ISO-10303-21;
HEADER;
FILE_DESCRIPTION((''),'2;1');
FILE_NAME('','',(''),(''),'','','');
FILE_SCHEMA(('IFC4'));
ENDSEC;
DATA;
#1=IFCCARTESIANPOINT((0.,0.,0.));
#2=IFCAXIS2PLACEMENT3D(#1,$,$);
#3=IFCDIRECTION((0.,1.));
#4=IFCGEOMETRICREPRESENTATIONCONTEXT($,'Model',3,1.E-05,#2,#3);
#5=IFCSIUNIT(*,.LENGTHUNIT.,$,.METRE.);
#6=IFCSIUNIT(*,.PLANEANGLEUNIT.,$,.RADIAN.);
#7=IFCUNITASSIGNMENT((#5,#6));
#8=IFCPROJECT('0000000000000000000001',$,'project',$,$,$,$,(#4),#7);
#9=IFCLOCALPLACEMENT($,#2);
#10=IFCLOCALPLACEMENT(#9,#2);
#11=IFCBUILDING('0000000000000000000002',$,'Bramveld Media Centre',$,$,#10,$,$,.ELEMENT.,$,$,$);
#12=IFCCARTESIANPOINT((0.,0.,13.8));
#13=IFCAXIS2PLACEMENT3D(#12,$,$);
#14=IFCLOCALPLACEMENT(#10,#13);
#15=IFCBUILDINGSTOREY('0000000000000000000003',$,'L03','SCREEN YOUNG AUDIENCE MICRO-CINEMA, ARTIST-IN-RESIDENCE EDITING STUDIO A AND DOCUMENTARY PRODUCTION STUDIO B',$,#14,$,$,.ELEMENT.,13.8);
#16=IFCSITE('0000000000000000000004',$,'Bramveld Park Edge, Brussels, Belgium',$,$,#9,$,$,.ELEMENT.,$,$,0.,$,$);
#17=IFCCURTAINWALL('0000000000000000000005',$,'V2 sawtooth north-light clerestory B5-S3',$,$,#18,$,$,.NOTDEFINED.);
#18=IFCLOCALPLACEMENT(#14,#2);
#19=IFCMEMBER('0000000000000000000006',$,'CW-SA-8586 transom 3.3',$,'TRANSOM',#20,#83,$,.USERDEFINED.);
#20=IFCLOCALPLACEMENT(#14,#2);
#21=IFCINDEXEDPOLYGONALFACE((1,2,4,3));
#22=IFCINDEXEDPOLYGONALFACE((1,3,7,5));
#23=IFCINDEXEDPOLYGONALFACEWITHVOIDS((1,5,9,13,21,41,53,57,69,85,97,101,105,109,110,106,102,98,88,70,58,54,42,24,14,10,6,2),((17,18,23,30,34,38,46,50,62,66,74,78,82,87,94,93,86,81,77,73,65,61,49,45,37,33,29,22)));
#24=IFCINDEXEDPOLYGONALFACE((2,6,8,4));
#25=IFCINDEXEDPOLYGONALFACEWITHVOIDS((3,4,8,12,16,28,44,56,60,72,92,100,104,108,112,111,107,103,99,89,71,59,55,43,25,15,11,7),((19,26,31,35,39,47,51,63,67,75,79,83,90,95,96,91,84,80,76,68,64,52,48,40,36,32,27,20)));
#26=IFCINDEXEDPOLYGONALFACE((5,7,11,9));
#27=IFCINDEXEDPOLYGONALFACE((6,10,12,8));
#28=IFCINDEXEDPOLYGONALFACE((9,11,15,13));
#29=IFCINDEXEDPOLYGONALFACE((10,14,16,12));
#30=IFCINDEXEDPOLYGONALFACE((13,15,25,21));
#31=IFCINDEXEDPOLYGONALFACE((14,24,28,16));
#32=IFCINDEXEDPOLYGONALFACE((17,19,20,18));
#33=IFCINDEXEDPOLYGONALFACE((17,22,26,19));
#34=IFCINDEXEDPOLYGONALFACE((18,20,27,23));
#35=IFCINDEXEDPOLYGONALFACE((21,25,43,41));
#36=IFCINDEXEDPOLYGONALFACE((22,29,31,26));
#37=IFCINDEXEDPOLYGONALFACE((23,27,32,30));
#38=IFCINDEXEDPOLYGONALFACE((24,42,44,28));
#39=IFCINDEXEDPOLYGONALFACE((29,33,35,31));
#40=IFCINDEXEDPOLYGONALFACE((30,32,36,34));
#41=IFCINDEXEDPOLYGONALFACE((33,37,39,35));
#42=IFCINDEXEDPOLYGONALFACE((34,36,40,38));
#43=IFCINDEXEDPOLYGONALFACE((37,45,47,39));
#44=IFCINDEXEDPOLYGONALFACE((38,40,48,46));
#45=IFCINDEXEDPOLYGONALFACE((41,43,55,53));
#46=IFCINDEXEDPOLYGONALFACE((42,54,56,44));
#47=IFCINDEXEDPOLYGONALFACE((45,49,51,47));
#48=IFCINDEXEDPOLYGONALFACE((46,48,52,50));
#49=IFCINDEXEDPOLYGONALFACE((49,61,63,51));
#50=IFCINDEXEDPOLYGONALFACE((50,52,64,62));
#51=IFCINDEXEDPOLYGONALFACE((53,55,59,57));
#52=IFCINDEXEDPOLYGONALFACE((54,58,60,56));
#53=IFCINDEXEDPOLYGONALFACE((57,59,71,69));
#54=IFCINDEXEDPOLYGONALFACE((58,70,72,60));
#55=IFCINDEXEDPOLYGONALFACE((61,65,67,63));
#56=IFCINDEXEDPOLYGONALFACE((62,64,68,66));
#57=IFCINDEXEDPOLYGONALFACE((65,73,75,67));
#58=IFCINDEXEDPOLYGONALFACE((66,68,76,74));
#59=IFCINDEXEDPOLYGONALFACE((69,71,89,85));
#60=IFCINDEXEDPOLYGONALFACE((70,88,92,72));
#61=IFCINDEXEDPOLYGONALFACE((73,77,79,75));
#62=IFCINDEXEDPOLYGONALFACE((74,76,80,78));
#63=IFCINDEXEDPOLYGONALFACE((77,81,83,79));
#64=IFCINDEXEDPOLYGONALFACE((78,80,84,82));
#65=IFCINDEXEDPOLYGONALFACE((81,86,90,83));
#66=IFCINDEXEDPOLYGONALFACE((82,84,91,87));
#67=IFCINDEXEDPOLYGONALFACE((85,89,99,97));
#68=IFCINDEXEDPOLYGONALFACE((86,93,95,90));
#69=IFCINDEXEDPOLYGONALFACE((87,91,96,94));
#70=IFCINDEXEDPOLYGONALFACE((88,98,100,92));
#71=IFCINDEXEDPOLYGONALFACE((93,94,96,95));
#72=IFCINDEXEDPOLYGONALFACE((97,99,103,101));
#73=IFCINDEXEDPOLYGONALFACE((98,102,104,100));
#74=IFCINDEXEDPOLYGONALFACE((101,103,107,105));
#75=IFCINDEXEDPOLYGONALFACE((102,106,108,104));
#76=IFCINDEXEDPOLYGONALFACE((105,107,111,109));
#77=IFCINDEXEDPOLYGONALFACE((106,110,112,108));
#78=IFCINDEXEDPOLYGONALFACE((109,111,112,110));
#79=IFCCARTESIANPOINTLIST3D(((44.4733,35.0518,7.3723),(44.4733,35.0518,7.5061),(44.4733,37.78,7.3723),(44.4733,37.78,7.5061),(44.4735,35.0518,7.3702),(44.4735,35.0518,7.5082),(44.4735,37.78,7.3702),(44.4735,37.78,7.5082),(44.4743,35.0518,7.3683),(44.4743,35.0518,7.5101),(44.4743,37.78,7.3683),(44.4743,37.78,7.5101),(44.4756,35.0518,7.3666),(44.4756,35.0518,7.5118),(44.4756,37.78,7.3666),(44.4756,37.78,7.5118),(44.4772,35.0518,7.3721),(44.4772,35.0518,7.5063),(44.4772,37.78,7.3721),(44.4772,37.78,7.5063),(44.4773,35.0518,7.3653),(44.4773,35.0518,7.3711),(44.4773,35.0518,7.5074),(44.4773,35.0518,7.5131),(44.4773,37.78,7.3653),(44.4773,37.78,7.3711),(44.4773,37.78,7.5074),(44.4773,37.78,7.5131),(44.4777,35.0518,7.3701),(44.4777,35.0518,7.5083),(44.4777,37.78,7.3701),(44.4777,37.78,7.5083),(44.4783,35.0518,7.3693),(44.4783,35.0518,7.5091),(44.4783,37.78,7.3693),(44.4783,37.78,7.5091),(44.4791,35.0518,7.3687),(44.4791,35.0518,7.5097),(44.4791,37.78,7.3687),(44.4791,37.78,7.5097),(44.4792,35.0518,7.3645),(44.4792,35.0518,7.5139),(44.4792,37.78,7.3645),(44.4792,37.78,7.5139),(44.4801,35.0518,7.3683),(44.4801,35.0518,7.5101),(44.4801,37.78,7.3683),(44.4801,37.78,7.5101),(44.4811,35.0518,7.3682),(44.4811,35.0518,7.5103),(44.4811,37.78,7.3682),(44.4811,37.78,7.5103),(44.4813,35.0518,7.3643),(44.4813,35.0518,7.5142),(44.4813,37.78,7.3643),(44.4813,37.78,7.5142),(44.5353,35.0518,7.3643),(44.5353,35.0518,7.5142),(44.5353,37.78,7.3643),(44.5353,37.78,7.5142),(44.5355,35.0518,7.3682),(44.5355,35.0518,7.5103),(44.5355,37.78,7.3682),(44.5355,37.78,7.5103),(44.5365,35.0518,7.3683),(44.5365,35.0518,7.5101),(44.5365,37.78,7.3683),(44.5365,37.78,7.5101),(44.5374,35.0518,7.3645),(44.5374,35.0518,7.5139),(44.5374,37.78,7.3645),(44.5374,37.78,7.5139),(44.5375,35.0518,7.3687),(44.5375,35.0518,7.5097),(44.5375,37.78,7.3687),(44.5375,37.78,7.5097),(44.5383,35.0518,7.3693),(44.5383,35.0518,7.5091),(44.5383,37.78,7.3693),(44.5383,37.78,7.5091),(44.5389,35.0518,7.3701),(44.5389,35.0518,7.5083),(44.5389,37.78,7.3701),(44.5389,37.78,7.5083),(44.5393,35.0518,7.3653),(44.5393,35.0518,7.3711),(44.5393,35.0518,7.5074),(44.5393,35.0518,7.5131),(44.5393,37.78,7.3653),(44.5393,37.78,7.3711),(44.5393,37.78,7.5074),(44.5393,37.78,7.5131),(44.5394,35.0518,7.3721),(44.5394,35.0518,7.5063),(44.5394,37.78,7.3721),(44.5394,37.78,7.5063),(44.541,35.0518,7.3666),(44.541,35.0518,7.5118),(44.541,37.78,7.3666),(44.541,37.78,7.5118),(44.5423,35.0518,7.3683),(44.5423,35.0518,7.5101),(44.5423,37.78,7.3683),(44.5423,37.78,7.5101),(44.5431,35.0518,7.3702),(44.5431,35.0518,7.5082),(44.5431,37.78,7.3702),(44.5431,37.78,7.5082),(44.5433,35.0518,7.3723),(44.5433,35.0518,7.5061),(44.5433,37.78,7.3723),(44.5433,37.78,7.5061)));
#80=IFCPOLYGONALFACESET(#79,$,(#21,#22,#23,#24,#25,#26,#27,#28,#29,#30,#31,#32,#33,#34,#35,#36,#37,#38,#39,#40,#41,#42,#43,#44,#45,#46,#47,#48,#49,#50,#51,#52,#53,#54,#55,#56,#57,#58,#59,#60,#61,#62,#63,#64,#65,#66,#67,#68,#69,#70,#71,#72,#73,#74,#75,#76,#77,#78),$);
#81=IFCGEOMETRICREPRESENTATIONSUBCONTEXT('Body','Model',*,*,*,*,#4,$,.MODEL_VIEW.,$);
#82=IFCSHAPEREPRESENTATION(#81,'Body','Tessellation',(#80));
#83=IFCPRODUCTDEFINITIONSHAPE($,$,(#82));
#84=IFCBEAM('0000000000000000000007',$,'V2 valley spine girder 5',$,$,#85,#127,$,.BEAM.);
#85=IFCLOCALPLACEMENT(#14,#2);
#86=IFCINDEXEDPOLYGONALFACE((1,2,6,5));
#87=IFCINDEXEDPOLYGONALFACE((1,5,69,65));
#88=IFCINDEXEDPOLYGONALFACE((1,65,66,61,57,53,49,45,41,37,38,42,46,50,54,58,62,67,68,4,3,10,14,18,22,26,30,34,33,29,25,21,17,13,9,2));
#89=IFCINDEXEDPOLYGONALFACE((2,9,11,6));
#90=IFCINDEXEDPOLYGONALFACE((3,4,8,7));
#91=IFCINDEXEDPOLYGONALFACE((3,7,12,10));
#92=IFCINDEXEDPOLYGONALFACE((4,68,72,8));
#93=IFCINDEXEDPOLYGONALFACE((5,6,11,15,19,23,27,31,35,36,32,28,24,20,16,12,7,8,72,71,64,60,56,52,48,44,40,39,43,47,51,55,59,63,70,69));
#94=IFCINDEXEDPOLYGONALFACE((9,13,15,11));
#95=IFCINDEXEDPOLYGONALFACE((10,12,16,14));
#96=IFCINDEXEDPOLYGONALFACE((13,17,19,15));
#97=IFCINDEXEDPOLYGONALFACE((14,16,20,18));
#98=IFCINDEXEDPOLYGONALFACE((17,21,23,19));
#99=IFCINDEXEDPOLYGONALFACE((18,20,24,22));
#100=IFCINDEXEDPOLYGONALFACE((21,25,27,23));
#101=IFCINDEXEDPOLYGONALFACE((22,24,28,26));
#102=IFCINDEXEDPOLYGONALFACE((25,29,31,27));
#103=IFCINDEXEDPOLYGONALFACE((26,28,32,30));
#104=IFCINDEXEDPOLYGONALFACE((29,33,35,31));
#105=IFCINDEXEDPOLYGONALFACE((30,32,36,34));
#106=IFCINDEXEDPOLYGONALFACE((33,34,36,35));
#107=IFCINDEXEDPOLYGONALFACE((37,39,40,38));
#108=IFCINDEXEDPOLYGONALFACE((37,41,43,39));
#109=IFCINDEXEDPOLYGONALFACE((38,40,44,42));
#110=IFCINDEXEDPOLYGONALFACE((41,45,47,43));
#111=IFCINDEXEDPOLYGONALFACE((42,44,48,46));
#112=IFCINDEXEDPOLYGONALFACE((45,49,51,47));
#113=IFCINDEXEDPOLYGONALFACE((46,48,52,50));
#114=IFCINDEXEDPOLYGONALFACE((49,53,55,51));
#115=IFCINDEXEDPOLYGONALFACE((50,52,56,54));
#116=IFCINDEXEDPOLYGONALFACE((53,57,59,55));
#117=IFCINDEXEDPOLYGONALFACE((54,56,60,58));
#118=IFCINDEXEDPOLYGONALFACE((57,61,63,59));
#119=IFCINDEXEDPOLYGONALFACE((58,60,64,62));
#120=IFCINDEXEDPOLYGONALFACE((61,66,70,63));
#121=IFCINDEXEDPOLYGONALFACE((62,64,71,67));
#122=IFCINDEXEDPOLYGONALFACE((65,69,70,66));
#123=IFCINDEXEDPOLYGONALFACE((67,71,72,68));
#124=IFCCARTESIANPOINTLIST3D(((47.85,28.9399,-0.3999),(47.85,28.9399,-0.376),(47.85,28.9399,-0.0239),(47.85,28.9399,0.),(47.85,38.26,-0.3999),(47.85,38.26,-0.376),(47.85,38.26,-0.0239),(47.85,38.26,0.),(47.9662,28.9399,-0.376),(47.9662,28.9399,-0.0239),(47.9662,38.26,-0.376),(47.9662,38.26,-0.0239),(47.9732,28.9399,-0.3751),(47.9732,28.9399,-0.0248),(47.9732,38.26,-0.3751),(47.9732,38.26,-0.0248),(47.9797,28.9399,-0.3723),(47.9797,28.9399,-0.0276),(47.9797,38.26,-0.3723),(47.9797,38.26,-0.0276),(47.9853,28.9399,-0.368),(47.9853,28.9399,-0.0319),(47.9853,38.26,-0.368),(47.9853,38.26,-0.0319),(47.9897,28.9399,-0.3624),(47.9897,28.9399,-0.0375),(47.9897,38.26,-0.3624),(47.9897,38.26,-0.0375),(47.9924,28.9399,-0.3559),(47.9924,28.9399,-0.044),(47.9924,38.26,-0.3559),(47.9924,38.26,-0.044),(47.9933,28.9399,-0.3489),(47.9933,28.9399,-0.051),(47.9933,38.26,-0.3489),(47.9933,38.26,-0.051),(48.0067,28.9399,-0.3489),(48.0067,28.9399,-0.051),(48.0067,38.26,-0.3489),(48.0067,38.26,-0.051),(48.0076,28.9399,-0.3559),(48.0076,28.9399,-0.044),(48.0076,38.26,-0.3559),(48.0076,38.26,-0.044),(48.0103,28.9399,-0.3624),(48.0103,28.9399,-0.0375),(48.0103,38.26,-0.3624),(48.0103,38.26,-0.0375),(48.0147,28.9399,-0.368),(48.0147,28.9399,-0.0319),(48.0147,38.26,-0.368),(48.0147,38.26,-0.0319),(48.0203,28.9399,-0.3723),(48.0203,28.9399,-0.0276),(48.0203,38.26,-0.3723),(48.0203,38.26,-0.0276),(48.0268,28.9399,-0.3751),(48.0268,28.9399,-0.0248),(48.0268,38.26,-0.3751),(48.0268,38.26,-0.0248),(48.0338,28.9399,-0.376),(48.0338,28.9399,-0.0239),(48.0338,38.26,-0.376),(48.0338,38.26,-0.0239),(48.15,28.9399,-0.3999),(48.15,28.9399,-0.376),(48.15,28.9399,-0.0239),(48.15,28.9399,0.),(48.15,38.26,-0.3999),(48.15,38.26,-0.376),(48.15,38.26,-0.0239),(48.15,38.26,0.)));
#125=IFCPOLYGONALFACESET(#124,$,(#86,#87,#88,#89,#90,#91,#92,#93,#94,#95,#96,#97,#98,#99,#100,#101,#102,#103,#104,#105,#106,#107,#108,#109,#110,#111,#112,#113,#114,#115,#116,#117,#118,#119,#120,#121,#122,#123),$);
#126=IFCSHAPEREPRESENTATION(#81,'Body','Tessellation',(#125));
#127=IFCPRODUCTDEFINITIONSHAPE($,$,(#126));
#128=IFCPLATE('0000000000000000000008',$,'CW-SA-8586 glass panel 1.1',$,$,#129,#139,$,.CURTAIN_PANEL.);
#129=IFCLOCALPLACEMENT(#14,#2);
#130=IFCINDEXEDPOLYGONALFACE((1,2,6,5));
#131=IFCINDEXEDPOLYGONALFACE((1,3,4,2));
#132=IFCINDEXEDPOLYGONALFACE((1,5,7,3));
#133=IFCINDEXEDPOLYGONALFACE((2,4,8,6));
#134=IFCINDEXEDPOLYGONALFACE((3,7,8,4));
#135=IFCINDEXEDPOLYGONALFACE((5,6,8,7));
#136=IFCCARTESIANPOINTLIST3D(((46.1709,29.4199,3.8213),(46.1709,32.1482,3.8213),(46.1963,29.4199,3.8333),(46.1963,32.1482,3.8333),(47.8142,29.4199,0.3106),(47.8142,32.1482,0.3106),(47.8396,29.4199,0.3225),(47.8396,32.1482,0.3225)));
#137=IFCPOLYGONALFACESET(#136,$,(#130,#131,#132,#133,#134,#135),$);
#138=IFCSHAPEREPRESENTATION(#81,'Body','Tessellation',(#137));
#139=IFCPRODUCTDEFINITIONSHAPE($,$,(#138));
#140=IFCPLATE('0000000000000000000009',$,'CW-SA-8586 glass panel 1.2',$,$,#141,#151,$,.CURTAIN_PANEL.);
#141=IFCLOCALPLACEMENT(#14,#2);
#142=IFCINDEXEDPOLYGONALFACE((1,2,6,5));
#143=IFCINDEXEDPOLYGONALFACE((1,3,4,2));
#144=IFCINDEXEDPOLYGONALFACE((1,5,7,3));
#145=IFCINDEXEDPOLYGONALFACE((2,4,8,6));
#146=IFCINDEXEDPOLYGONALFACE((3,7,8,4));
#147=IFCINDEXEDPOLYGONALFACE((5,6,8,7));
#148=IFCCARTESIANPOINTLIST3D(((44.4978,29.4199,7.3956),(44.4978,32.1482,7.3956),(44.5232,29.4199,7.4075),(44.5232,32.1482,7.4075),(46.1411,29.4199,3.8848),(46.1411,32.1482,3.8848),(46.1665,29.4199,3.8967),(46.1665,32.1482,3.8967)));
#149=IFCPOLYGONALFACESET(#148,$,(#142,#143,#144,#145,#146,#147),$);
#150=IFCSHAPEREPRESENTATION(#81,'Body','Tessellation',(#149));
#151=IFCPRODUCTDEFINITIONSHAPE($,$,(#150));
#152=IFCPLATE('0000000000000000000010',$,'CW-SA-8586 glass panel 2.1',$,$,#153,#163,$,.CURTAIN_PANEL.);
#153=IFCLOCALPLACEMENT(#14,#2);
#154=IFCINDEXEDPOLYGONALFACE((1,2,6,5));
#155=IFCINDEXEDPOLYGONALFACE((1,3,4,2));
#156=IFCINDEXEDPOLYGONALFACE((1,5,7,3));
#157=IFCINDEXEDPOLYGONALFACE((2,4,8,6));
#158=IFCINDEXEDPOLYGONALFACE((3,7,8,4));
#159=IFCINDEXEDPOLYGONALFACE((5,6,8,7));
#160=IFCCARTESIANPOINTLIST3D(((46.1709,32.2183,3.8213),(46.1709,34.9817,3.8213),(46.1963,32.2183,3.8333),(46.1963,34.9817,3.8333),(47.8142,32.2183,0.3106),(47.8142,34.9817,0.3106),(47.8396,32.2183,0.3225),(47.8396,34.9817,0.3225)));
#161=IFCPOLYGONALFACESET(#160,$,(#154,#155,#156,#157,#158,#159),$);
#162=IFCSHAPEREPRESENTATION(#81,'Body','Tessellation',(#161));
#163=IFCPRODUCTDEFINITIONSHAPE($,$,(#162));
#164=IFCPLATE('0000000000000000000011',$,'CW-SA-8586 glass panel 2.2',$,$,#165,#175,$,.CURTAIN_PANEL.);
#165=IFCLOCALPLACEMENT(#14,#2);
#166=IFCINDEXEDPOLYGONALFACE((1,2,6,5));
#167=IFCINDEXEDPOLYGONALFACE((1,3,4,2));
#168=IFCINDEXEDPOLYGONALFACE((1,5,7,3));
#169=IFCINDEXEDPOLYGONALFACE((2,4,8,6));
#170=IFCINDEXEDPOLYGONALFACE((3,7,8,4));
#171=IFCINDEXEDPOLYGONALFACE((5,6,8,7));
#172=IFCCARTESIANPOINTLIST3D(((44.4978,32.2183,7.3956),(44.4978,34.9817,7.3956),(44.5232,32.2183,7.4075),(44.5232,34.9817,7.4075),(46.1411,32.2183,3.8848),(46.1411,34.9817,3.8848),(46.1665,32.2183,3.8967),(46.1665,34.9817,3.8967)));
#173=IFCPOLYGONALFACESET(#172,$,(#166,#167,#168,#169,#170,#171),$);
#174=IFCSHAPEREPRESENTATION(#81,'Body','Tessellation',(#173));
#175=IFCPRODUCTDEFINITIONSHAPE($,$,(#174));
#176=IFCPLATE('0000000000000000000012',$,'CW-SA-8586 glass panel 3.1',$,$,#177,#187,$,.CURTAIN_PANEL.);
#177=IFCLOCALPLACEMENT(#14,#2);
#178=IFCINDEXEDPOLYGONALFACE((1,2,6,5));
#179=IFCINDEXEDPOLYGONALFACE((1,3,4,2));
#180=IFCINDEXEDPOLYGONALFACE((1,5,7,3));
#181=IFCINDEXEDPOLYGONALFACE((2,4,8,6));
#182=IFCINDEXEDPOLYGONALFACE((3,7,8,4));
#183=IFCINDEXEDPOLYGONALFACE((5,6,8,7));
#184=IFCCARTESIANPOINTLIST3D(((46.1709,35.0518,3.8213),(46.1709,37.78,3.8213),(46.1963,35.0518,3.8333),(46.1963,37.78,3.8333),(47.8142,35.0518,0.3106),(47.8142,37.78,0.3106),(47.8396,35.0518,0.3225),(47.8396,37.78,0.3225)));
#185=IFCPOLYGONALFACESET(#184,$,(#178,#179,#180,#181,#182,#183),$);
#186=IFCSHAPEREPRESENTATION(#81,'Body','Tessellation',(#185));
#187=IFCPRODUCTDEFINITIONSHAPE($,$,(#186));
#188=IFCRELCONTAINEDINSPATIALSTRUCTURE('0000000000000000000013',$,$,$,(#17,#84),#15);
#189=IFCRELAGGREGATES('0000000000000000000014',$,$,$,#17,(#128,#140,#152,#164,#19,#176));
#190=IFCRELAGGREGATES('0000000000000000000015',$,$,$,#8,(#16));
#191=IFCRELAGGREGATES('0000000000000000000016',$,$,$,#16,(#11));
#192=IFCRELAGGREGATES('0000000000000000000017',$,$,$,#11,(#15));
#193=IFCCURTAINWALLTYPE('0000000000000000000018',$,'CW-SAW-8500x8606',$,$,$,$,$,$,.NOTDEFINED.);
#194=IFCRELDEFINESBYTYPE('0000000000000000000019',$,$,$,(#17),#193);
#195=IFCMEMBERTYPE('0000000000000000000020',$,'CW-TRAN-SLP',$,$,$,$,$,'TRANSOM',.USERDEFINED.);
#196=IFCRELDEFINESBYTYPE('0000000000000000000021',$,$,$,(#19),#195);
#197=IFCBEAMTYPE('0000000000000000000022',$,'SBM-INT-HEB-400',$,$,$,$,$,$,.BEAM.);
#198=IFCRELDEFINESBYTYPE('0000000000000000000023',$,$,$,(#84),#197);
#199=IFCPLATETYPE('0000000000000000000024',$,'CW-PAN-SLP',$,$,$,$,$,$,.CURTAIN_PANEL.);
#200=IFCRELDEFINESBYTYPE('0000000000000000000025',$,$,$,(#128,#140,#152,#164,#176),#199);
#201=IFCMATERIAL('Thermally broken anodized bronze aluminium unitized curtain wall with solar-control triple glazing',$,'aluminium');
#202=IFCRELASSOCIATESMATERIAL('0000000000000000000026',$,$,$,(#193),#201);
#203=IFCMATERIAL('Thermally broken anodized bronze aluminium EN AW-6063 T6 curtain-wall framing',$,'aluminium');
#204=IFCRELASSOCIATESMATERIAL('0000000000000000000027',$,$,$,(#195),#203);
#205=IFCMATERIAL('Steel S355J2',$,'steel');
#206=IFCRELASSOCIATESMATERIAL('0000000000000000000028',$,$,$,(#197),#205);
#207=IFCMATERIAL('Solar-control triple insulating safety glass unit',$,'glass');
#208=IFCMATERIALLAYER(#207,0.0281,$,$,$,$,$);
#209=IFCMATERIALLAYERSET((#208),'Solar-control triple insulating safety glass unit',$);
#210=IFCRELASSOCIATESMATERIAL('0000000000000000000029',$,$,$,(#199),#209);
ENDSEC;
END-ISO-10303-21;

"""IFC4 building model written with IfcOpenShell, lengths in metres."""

from ifc_helpers import new_model, si_unit, direction, frame, origin, origin_2d, place, context, subcontext, project, spatial, polyline, hollow_rectangle, i_section, outline, extrude, material, layer, layer_set, material_profile, profile_set, type_object, element, aggregate, save


model = new_model("IFC4")

# Units and contexts
model_context = context("Model", 3, precision=1e-05, world=origin(), true_north=direction((0.0, 1.0)))
body_context = subcontext(model_context, "Body", "Model", "MODEL_VIEW")
ifc_project = project(units=[si_unit("LENGTHUNIT", "METRE"), si_unit("PLANEANGLEUNIT", "RADIAN")], contexts=[model_context])

# Site, building, storey
site_placement = place(None, origin())
site = spatial("IfcSite", under=ifc_project, at=site_placement, Name="Bramveld Park Edge, Brussels, Belgium", CompositionType="ELEMENT", RefElevation=0.0)
building_placement = place(site_placement, origin())
building = spatial("IfcBuilding", under=site, at=building_placement, Name="Bramveld Media Centre", CompositionType="ELEMENT")
storey_placement = place(building_placement, frame((0.0, 0.0, 13.8)))
storey = spatial("IfcBuildingStorey", under=building, at=storey_placement, Name="L03", Description="SCREEN YOUNG AUDIENCE MICRO-CINEMA, ARTIST-IN-RESIDENCE EDITING STUDIO A AND DOCUMENTARY PRODUCTION STUDIO B", CompositionType="ELEMENT", Elevation=13.8)

# Curtain wall, member
ifc_material_1 = material(Name="Thermally broken anodized bronze aluminium unitized curtain wall with solar-control triple glazing", Category="aluminium")
curtain_wall_type = type_object("IfcCurtainWallType", Name="CW-SAW-8500x8606", PredefinedType="NOTDEFINED", material=ifc_material_1)
curtain_wall_placement = place(storey_placement, origin())
curtain_wall = element("IfcCurtainWall", 1, at=curtain_wall_placement, inside=storey, type_object=curtain_wall_type, Name="V2 sawtooth north-light clerestory B5-S3", PredefinedType="NOTDEFINED")
ifc_material_2 = material(Name="Thermally broken anodized bronze aluminium EN AW-6063 T6 curtain-wall framing", Category="aluminium")
ifc_material_profile_1 = material_profile(ifc_material_2, hollow_rectangle(XDim=0.0701, YDim=0.1499, WallThickness=0.0039, InnerFilletRadius=0.0039, OuterFilletRadius=0.0081, at=origin_2d()), Name="AL-TRAN 70x150")
ifc_profile_set_1 = profile_set([ifc_material_profile_1], Name="Thermally broken anodized bronze aluminium EN AW-6063 T6 curtain-wall framing")
member_type_1 = type_object("IfcMemberType", Name="CW-TRAN-SLP", ElementType="TRANSOM", PredefinedType="USERDEFINED", material=ifc_profile_set_1)
member_1_placement = place(storey_placement, frame((44.5083, 35.0518, 7.4392), z_axis=(0.0, 1.0, 0.0), x_axis=(-1.0, 0.0, 0.0)))
member_1 = element("IfcMember", 2, at=member_1_placement, type_object=member_type_1, Name="CW-SA-8586 transom 3.3", ObjectType="TRANSOM", PredefinedType="USERDEFINED", context=body_context, shape_type="SweptSolid", body=[
    extrude(hollow_rectangle(XDim=0.0701, YDim=0.1499, WallThickness=0.0039, InnerFilletRadius=0.0039, OuterFilletRadius=0.0081, at=origin_2d()), origin(), (0.0, 0.0, 1.0), 2.7283),
])

# Beam
ifc_material_3 = material(Name="Steel S355J2", Category="steel")
ifc_material_profile_2 = material_profile(ifc_material_3, i_section(OverallWidth=0.3, OverallDepth=0.3999, WebThickness=0.0134, FlangeThickness=0.0239, FilletRadius=0.0271, at=origin_2d()), Name="HEB 400")
ifc_profile_set_2 = profile_set([ifc_material_profile_2], Name="Steel S355J2")
beam_type = type_object("IfcBeamType", Name="SBM-INT-HEB-400", PredefinedType="BEAM", material=ifc_profile_set_2)
beam_placement = place(storey_placement, frame((48.0, 28.9399, -0.2), z_axis=(0.0, 1.0, 0.0), x_axis=(-1.0, 0.0, 0.0)))
element("IfcBeam", 3, at=beam_placement, inside=storey, type_object=beam_type, Name="V2 valley spine girder 5", PredefinedType="BEAM", context=body_context, shape_type="SweptSolid", body=[
    extrude(i_section(OverallWidth=0.3, OverallDepth=0.3999, WebThickness=0.0134, FlangeThickness=0.0239, FilletRadius=0.0271, at=origin_2d()), origin(), (0.0, 0.0, 1.0), 9.3201),
])

# Plates
ifc_material_4 = material(Name="Solar-control triple insulating safety glass unit", Category="glass")
ifc_layer = layer(ifc_material_4, 0.0281)
ifc_layer_set = layer_set([ifc_layer], Name="Solar-control triple insulating safety glass unit")
plate_type = type_object("IfcPlateType", Name="CW-PAN-SLP", PredefinedType="CURTAIN_PANEL", material=ifc_layer_set)
plate_1_placement = place(storey_placement, frame((47.8396, 29.4199, 0.3225), z_axis=(0.905692, 0.0, 0.423937), x_axis=(0.0, 1.0, 0.0)))
plate_1 = element("IfcPlate", 4, at=plate_1_placement, type_object=plate_type, Name="CW-SA-8586 glass panel 1.1", PredefinedType="CURTAIN_PANEL", context=body_context, shape_type="SweptSolid", body=[
    extrude(outline(polyline([(0.0, 0.0), (2.7283, 0.0), (2.7283, 3.8763), (0.0, 3.8763), (0.0, 0.0)])), origin(), (0.0, 0.0, -1.0), 0.0281),
])
plate_2_placement = place(storey_placement, frame((46.1665, 29.4199, 3.8967), z_axis=(0.905692, 0.0, 0.423937), x_axis=(0.0, 1.0, 0.0)))
plate_2 = element("IfcPlate", 5, at=plate_2_placement, type_object=plate_type, Name="CW-SA-8586 glass panel 1.2", PredefinedType="CURTAIN_PANEL", context=body_context, shape_type="SweptSolid", body=[
    extrude(outline(polyline([(0.0, 0.0), (2.7283, 0.0), (2.7283, 3.8763), (0.0, 3.8763), (0.0, 0.0)])), origin(), (0.0, 0.0, -1.0), 0.0281),
])
plate_3_placement = place(storey_placement, frame((47.8396, 32.2183, 0.3225), z_axis=(0.905692, 0.0, 0.423937), x_axis=(0.0, 1.0, 0.0)))
plate_3 = element("IfcPlate", 6, at=plate_3_placement, type_object=plate_type, Name="CW-SA-8586 glass panel 2.1", PredefinedType="CURTAIN_PANEL", context=body_context, shape_type="SweptSolid", body=[
    extrude(outline(polyline([(0.0, 0.0), (2.7634, 0.0), (2.7634, 3.8763), (0.0, 3.8763), (0.0, 0.0)])), origin(), (0.0, 0.0, -1.0), 0.0281),
])
plate_4_placement = place(storey_placement, frame((46.1665, 32.2183, 3.8967), z_axis=(0.905692, 0.0, 0.423937), x_axis=(0.0, 1.0, 0.0)))
plate_4 = element("IfcPlate", 7, at=plate_4_placement, type_object=plate_type, Name="CW-SA-8586 glass panel 2.2", PredefinedType="CURTAIN_PANEL", context=body_context, shape_type="SweptSolid", body=[
    extrude(outline(polyline([(0.0, 0.0), (2.7634, 0.0), (2.7634, 3.8763), (0.0, 3.8763), (0.0, 0.0)])), origin(), (0.0, 0.0, -1.0), 0.0281),
])
plate_5_placement = place(storey_placement, frame((47.8396, 35.0518, 0.3225), z_axis=(0.905692, 0.0, 0.423937), x_axis=(0.0, 1.0, 0.0)))
plate_5 = element("IfcPlate", 8, at=plate_5_placement, type_object=plate_type, Name="CW-SA-8586 glass panel 3.1", PredefinedType="CURTAIN_PANEL", context=body_context, shape_type="SweptSolid", body=[
    extrude(outline(polyline([(0.0, 0.0), (2.7283, 0.0), (2.7283, 3.8763), (0.0, 3.8763), (0.0, 0.0)])), origin(), (0.0, 0.0, -1.0), 0.0281),
])
aggregate(curtain_wall, [plate_1, plate_2, plate_3, plate_4, member_1, plate_5])

save(model, "model.ifc")
